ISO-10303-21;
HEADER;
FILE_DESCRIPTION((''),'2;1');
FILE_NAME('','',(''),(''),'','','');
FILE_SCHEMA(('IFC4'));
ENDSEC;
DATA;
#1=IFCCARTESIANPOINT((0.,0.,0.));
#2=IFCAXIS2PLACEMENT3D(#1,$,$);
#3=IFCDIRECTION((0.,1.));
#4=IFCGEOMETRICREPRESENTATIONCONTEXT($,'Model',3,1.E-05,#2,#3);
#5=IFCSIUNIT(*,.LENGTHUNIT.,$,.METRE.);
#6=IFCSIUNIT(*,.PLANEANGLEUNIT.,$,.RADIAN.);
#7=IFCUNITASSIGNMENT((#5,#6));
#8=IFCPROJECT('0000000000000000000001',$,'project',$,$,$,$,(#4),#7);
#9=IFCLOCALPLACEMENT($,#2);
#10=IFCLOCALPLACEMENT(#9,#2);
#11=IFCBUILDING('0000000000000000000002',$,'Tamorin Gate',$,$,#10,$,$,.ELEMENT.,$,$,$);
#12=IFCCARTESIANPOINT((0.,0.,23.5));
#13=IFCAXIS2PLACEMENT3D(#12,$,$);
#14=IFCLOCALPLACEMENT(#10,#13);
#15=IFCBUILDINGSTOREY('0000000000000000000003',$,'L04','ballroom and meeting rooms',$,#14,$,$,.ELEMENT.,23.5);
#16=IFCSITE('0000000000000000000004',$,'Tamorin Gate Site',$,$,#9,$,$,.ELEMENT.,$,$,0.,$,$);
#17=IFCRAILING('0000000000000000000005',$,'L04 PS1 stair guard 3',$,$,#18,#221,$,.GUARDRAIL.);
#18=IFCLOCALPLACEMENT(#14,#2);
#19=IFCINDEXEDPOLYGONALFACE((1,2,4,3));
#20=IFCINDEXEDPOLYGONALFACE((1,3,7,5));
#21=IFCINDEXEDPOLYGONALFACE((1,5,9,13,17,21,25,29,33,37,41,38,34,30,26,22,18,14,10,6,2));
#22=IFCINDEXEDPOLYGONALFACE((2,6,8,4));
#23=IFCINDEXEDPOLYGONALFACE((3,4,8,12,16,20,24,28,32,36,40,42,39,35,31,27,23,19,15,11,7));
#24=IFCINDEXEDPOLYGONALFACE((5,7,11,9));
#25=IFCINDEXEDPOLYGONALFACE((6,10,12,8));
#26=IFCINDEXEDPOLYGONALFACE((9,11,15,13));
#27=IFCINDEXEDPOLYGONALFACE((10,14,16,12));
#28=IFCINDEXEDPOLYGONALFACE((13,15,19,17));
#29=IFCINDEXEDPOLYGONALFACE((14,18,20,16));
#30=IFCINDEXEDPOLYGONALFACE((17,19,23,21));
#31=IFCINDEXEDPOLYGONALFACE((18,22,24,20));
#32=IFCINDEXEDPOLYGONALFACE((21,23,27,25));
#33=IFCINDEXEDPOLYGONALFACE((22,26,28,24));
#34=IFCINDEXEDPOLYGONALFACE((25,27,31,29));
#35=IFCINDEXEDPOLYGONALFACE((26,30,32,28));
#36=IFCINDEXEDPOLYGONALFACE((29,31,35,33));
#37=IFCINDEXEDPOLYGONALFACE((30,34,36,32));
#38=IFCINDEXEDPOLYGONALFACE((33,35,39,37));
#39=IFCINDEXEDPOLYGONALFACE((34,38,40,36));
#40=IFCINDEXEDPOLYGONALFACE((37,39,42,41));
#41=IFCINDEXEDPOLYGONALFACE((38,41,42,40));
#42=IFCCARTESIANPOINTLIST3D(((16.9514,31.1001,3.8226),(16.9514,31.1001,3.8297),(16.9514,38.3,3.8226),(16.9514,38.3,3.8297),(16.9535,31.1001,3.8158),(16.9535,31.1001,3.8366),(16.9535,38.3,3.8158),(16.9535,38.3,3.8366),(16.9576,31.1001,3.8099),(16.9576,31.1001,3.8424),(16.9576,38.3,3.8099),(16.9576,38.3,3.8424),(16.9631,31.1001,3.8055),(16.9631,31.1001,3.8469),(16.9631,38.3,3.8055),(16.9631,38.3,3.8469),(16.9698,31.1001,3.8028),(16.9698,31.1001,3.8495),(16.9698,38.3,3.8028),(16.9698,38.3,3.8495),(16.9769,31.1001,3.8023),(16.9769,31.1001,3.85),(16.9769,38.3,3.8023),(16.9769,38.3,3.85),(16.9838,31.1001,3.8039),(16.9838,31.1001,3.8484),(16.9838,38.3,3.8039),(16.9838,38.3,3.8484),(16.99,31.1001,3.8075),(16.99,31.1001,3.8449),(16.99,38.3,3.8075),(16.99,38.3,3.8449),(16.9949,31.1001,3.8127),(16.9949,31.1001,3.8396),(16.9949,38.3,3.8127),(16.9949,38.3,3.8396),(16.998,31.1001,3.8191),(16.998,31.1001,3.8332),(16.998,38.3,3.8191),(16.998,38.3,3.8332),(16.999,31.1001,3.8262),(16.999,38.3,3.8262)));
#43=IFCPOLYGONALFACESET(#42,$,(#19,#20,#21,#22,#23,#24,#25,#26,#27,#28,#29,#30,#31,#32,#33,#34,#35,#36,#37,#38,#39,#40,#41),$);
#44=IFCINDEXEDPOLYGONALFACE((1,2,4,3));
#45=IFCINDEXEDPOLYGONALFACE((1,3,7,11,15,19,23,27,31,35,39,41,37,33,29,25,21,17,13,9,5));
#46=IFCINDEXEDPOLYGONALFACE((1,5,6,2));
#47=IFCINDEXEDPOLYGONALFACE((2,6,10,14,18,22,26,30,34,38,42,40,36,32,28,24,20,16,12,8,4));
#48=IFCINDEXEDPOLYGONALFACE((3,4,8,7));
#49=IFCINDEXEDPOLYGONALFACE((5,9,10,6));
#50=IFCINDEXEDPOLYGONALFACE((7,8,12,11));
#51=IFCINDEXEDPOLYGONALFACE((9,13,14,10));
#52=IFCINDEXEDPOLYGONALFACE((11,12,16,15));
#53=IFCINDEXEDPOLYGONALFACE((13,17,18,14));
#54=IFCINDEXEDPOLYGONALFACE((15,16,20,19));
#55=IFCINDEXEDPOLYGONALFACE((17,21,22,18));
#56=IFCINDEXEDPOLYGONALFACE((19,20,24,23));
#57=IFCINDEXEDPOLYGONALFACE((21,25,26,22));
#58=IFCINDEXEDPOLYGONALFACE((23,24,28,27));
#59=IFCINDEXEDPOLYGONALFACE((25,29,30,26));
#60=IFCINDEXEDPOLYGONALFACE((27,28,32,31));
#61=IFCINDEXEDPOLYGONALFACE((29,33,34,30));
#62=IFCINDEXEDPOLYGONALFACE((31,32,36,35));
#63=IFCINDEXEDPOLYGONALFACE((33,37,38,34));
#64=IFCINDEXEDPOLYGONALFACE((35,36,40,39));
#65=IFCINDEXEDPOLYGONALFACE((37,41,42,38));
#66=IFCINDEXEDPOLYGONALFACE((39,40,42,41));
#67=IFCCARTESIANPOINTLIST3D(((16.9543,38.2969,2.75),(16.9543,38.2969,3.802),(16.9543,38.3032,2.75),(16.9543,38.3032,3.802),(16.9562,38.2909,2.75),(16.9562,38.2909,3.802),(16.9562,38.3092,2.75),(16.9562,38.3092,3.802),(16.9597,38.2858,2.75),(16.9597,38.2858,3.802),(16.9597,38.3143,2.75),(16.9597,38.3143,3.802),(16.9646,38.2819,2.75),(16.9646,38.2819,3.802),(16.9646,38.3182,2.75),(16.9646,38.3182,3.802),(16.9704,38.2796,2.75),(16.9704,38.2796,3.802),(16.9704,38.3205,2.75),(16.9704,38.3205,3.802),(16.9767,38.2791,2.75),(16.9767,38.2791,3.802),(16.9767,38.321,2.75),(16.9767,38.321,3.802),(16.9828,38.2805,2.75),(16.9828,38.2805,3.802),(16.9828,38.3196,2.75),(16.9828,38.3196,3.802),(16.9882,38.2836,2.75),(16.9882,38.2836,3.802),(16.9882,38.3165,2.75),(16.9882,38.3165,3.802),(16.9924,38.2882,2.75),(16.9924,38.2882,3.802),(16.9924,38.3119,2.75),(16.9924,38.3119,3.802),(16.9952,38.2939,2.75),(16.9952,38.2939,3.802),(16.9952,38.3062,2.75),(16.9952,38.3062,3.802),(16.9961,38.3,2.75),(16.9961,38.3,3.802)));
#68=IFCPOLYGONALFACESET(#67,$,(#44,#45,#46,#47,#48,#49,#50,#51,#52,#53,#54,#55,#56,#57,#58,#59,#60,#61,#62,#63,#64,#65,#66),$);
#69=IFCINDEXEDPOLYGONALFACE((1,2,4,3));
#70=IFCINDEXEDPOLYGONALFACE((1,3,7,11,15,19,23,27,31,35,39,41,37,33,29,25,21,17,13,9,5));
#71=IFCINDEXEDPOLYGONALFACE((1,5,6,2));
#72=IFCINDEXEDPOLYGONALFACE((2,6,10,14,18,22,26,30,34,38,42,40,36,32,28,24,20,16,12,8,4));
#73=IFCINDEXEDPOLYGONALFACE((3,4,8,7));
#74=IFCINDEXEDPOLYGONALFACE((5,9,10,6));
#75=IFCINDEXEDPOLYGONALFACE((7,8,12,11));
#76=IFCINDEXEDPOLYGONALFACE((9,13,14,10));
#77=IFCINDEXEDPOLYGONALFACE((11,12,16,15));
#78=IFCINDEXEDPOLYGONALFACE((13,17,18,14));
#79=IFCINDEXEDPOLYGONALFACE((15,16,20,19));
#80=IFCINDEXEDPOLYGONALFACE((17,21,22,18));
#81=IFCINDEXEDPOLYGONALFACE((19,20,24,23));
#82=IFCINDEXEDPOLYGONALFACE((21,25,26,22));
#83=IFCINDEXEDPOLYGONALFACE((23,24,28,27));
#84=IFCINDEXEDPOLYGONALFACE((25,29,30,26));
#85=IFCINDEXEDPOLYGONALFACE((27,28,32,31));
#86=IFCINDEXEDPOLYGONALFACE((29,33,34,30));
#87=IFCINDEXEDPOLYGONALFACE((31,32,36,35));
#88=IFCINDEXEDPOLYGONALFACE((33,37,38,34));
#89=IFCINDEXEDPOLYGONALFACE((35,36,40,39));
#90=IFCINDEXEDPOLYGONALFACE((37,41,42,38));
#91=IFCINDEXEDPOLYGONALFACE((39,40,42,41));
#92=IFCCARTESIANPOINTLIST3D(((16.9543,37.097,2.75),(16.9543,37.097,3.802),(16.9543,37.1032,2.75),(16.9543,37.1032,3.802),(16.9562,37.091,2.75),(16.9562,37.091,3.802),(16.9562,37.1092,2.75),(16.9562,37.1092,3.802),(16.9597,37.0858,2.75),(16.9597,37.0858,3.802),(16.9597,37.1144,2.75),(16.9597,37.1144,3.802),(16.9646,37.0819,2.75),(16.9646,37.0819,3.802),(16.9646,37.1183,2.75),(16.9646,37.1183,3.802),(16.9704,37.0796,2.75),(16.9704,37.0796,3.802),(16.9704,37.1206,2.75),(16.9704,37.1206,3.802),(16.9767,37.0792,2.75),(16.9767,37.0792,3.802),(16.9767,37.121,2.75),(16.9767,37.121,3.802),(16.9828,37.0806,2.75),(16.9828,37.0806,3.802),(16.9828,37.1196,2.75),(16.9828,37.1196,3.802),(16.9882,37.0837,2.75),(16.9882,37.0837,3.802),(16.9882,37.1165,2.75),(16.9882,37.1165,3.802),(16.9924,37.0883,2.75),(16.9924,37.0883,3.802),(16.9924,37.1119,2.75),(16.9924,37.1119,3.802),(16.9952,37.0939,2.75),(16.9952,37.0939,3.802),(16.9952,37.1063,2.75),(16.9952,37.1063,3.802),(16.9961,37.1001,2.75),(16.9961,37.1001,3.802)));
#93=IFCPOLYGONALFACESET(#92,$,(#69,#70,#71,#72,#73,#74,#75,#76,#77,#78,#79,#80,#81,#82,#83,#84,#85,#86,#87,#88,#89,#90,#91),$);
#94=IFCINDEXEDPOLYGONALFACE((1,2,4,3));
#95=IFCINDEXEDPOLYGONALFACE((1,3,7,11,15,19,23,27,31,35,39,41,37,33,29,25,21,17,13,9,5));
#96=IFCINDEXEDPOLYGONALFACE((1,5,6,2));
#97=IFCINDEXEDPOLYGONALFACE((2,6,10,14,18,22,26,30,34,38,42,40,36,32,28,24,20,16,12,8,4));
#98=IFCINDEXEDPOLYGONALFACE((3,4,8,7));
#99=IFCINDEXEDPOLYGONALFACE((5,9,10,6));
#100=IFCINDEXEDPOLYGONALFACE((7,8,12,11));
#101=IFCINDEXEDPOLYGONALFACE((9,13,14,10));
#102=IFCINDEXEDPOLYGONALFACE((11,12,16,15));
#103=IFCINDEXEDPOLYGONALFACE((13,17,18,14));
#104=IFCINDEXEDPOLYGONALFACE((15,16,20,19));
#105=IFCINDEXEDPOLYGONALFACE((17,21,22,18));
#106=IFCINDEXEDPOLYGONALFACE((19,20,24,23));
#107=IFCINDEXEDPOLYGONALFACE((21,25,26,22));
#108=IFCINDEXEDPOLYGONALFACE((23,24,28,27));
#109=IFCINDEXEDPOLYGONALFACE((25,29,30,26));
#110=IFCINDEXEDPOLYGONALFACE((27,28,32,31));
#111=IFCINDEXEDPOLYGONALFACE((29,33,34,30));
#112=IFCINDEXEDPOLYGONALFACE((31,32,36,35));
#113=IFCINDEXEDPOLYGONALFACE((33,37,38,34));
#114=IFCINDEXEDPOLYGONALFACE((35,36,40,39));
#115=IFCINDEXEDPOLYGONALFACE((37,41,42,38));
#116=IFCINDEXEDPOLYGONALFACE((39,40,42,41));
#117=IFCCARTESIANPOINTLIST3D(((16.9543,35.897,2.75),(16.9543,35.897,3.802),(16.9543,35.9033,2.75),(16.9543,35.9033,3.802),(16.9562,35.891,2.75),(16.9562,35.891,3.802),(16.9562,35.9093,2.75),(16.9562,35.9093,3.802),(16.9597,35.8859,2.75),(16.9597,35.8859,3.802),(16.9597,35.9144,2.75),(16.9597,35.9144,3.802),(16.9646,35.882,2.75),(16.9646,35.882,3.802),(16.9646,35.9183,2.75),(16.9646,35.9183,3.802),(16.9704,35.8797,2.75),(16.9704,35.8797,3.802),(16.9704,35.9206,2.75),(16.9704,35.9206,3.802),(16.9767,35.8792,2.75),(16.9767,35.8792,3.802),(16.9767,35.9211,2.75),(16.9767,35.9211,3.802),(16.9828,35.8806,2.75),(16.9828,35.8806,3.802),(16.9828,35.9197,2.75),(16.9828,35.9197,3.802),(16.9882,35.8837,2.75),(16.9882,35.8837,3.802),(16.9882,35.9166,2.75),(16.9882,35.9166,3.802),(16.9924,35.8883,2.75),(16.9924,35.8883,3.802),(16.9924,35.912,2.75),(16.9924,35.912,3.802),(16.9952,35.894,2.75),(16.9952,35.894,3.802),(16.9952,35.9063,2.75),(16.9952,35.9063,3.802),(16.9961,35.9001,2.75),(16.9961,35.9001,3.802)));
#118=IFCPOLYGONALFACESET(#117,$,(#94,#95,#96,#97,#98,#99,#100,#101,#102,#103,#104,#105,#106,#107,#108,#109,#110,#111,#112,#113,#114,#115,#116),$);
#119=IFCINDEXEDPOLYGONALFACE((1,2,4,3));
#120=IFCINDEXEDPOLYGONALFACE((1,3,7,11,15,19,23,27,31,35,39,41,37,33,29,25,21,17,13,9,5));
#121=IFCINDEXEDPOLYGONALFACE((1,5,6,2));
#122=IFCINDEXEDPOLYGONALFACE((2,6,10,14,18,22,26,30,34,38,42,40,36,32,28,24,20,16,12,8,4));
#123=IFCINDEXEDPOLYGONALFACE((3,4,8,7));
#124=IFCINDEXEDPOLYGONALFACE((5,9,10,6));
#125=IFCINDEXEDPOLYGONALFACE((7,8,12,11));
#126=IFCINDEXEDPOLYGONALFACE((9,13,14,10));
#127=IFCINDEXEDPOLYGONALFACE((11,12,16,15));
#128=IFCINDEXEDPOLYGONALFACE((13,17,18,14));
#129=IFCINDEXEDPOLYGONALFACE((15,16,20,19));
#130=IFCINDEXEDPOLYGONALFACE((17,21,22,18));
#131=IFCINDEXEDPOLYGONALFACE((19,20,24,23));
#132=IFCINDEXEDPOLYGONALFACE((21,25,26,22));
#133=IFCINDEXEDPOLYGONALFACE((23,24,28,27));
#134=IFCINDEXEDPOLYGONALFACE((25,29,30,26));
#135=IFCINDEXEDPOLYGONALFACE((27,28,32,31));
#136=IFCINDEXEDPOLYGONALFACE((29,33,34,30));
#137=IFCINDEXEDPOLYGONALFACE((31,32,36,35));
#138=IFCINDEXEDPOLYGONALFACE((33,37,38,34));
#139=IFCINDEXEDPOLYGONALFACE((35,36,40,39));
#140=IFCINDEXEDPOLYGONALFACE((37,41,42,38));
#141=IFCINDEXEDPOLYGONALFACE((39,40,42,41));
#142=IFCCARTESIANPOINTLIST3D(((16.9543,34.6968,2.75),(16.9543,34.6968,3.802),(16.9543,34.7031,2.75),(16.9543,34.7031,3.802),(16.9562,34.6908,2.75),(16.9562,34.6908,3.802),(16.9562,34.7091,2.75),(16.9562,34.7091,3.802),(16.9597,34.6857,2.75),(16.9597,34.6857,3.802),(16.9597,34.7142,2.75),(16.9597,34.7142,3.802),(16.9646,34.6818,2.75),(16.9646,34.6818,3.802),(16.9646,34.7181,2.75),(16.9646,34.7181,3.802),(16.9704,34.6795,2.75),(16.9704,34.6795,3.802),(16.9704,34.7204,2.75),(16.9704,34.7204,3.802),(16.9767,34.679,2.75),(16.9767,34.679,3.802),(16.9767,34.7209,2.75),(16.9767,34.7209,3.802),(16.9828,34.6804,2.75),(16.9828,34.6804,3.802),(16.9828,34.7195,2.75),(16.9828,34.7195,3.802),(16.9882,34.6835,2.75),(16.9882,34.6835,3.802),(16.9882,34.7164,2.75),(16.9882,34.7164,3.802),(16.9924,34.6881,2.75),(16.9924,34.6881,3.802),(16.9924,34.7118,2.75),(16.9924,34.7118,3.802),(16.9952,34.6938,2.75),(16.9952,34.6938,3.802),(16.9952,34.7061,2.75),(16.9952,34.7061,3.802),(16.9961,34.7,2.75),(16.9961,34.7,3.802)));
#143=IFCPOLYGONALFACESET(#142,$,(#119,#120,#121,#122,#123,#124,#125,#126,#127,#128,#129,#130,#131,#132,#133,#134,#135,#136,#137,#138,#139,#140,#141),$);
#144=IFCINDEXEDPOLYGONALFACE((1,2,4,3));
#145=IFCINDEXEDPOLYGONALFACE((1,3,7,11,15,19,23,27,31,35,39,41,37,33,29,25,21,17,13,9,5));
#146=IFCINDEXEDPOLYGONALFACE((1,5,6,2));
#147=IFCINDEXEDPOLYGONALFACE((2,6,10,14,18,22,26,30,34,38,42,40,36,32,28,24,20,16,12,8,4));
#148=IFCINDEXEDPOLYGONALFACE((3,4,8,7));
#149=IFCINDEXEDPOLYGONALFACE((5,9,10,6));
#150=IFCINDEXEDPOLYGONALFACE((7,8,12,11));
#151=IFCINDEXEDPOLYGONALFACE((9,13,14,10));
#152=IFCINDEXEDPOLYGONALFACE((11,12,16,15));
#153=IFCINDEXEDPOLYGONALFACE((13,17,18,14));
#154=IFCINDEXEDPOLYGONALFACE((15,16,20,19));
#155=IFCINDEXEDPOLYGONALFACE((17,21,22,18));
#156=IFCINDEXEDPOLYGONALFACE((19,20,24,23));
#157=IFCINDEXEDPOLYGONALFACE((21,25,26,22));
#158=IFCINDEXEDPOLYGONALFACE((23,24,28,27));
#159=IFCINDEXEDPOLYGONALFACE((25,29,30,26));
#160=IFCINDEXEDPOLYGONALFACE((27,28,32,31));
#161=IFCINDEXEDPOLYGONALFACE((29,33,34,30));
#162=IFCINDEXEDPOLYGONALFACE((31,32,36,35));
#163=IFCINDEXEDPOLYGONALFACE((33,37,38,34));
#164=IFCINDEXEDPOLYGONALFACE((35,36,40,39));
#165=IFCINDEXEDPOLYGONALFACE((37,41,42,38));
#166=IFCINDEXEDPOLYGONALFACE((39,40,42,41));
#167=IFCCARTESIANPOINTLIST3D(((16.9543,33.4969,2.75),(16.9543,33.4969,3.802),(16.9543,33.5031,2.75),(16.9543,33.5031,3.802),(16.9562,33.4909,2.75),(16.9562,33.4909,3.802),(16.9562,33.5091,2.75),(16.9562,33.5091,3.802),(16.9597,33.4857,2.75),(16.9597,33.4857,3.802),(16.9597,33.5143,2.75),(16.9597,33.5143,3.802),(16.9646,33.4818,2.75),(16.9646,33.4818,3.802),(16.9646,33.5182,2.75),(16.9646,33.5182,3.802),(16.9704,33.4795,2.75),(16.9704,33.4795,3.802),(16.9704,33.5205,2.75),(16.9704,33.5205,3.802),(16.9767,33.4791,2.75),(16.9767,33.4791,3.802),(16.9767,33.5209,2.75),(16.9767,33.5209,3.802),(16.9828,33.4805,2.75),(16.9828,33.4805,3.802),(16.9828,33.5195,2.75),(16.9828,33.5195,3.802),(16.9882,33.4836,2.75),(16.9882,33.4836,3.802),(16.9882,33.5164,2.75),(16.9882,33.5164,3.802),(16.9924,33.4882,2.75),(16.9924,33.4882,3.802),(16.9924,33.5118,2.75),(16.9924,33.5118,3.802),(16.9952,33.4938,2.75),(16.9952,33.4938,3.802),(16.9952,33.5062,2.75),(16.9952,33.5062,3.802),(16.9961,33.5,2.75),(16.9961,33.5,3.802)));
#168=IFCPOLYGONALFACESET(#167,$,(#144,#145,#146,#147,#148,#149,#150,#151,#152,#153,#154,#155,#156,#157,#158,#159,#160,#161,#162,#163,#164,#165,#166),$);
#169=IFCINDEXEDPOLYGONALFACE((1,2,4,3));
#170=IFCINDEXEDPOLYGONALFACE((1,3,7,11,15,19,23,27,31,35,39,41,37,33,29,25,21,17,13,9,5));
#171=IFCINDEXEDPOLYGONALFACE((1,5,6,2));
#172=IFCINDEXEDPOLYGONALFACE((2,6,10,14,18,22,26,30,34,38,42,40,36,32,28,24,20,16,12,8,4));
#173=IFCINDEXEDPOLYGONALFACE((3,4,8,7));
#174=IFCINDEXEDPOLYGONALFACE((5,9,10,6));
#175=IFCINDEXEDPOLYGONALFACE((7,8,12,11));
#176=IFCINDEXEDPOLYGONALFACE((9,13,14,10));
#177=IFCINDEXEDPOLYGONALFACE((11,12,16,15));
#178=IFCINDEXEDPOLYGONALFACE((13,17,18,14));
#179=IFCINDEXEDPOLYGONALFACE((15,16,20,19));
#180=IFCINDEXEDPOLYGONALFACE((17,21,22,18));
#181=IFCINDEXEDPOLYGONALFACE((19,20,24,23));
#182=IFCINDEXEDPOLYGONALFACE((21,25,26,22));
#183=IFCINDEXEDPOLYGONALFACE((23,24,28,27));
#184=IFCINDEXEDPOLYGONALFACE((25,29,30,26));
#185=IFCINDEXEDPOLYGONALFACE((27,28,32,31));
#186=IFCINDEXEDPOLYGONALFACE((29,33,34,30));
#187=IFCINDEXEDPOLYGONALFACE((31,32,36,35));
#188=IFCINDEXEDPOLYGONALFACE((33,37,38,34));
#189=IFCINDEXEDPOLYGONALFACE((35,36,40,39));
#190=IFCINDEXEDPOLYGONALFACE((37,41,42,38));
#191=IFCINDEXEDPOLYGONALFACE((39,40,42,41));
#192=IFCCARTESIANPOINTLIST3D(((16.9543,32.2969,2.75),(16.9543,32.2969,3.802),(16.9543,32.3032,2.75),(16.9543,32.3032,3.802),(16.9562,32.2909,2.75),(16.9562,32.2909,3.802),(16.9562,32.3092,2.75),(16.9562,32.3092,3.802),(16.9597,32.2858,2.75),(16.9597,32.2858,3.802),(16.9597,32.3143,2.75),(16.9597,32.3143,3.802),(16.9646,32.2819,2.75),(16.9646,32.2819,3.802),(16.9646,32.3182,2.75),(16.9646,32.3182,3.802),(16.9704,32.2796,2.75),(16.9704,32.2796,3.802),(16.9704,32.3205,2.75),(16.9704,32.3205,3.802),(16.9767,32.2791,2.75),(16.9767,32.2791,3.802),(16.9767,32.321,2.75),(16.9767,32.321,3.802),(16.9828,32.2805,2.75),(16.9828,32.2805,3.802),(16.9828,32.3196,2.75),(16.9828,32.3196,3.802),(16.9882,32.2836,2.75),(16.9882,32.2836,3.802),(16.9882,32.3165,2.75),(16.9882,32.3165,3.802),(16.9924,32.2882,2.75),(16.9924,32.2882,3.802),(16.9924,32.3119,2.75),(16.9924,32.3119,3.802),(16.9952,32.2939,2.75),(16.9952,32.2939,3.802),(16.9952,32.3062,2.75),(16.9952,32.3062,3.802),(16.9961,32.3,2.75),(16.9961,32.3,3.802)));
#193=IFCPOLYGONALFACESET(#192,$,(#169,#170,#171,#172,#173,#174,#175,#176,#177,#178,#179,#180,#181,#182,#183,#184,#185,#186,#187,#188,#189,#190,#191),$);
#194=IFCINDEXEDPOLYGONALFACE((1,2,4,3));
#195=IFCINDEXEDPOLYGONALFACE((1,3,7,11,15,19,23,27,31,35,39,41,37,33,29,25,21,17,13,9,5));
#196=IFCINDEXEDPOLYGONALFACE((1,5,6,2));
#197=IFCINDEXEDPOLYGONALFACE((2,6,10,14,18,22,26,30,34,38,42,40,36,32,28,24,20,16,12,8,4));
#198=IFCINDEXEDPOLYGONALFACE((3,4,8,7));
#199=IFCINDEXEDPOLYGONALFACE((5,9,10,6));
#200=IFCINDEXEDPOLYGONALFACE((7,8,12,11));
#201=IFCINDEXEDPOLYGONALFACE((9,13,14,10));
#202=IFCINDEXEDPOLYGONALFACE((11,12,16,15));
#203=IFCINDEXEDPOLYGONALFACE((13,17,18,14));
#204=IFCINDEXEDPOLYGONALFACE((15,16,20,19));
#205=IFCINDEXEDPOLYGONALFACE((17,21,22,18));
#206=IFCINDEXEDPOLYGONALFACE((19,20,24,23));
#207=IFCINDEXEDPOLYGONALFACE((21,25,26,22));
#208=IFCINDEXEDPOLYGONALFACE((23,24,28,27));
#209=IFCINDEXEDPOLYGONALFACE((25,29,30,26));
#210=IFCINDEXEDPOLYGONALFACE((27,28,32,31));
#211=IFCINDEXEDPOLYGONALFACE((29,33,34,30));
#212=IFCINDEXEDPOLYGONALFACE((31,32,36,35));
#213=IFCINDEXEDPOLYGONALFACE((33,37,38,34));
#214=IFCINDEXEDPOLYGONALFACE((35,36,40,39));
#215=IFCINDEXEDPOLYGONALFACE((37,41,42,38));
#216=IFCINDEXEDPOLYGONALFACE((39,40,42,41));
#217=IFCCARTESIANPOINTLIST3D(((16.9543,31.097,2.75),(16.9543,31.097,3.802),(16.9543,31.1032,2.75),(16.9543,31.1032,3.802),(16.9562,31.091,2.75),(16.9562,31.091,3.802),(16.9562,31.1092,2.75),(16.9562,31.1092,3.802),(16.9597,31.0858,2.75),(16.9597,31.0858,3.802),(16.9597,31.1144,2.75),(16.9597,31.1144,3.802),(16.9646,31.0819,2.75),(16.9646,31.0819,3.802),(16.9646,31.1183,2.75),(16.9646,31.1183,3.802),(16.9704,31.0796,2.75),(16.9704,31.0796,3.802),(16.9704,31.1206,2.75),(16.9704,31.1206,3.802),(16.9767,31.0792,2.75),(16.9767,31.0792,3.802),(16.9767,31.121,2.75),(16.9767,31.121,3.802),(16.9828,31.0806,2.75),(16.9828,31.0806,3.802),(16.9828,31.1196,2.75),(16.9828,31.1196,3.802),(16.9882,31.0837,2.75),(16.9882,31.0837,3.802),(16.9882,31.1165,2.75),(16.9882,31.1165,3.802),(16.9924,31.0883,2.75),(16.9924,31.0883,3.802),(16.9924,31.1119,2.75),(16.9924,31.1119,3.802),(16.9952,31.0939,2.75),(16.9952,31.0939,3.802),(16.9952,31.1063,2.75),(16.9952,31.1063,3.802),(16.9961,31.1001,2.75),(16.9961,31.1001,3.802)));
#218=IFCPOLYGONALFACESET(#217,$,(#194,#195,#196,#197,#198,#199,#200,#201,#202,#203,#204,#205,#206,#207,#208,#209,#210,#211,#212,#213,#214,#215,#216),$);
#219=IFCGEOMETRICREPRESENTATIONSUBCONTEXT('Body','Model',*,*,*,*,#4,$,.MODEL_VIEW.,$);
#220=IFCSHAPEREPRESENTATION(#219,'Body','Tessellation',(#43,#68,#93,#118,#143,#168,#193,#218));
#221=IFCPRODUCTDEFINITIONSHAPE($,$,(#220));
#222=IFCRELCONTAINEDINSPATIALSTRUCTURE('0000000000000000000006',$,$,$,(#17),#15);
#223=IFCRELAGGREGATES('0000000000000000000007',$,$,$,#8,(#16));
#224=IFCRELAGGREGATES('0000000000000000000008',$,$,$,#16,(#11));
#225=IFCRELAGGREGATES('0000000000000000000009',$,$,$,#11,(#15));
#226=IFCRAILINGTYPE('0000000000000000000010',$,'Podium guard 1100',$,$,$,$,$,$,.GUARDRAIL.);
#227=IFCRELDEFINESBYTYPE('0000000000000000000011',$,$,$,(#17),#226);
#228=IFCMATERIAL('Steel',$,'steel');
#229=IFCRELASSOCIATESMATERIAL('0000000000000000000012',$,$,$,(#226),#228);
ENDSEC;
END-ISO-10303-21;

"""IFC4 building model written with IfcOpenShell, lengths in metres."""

from ifc_helpers import new_model, si_unit, direction, frame, origin, origin_2d, place, context, subcontext, project, spatial, circle, extrude, material, type_object, element, save


model = new_model("IFC4")

# Units and contexts
model_context = context("Model", 3, precision=1e-05, world=origin(), true_north=direction((0.0, 1.0)))
body_context = subcontext(model_context, "Body", "Model", "MODEL_VIEW")
ifc_project = project(units=[si_unit("LENGTHUNIT", "METRE"), si_unit("PLANEANGLEUNIT", "RADIAN")], contexts=[model_context])

# Site, building, storey
site_placement = place(None, origin())
site = spatial("IfcSite", under=ifc_project, at=site_placement, Name="Tamorin Gate Site", CompositionType="ELEMENT", RefElevation=0.0)
building_placement = place(site_placement, origin())
building = spatial("IfcBuilding", under=site, at=building_placement, Name="Tamorin Gate", CompositionType="ELEMENT")
storey_placement = place(building_placement, frame((0.0, 0.0, 23.5)))
storey = spatial("IfcBuildingStorey", under=building, at=storey_placement, Name="L04", Description="ballroom and meeting rooms", CompositionType="ELEMENT", Elevation=23.5)

# Railing
ifc_material_1 = material(Name="Steel", Category="steel")
railing_type = type_object("IfcRailingType", Name="Podium guard 1100", PredefinedType="GUARDRAIL", material=ifc_material_1)
railing_1_placement = place(storey_placement, frame((16.9751, 38.3, 2.75)))
element("IfcRailing", 1, at=railing_1_placement, inside=storey, type_object=railing_type, Name="L04 PS1 stair guard 3", PredefinedType="GUARDRAIL", context=body_context, shape_type="SweptSolid", body=[
    extrude(circle(Radius=0.0239, at=origin_2d()), frame((0.0, 0.0, 1.0762), z_axis=(0.0, -1.0, 0.0), x_axis=(1.0, 0.0, 0.0)), (0.0, 0.0, 1.0), 7.2),
    extrude(circle(Radius=0.021, at=origin_2d()), origin(), (0.0, 0.0, 1.0), 1.052),
    extrude(circle(Radius=0.021, at=origin_2d()), frame((0.0, -1.2, 0.0)), (0.0, 0.0, 1.0), 1.052),
    extrude(circle(Radius=0.021, at=origin_2d()), frame((0.0, -2.3999, 0.0)), (0.0, 0.0, 1.0), 1.052),
    extrude(circle(Radius=0.021, at=origin_2d()), frame((0.0, -3.6001, 0.0)), (0.0, 0.0, 1.0), 1.052),
    extrude(circle(Radius=0.021, at=origin_2d()), frame((0.0, -4.8, 0.0)), (0.0, 0.0, 1.0), 1.052),
    extrude(circle(Radius=0.021, at=origin_2d()), frame((0.0, -6.0, 0.0)), (0.0, 0.0, 1.0), 1.052),
    extrude(circle(Radius=0.021, at=origin_2d()), frame((0.0, -7.2, 0.0)), (0.0, 0.0, 1.0), 1.052),
])

save(model, "model.ifc")
